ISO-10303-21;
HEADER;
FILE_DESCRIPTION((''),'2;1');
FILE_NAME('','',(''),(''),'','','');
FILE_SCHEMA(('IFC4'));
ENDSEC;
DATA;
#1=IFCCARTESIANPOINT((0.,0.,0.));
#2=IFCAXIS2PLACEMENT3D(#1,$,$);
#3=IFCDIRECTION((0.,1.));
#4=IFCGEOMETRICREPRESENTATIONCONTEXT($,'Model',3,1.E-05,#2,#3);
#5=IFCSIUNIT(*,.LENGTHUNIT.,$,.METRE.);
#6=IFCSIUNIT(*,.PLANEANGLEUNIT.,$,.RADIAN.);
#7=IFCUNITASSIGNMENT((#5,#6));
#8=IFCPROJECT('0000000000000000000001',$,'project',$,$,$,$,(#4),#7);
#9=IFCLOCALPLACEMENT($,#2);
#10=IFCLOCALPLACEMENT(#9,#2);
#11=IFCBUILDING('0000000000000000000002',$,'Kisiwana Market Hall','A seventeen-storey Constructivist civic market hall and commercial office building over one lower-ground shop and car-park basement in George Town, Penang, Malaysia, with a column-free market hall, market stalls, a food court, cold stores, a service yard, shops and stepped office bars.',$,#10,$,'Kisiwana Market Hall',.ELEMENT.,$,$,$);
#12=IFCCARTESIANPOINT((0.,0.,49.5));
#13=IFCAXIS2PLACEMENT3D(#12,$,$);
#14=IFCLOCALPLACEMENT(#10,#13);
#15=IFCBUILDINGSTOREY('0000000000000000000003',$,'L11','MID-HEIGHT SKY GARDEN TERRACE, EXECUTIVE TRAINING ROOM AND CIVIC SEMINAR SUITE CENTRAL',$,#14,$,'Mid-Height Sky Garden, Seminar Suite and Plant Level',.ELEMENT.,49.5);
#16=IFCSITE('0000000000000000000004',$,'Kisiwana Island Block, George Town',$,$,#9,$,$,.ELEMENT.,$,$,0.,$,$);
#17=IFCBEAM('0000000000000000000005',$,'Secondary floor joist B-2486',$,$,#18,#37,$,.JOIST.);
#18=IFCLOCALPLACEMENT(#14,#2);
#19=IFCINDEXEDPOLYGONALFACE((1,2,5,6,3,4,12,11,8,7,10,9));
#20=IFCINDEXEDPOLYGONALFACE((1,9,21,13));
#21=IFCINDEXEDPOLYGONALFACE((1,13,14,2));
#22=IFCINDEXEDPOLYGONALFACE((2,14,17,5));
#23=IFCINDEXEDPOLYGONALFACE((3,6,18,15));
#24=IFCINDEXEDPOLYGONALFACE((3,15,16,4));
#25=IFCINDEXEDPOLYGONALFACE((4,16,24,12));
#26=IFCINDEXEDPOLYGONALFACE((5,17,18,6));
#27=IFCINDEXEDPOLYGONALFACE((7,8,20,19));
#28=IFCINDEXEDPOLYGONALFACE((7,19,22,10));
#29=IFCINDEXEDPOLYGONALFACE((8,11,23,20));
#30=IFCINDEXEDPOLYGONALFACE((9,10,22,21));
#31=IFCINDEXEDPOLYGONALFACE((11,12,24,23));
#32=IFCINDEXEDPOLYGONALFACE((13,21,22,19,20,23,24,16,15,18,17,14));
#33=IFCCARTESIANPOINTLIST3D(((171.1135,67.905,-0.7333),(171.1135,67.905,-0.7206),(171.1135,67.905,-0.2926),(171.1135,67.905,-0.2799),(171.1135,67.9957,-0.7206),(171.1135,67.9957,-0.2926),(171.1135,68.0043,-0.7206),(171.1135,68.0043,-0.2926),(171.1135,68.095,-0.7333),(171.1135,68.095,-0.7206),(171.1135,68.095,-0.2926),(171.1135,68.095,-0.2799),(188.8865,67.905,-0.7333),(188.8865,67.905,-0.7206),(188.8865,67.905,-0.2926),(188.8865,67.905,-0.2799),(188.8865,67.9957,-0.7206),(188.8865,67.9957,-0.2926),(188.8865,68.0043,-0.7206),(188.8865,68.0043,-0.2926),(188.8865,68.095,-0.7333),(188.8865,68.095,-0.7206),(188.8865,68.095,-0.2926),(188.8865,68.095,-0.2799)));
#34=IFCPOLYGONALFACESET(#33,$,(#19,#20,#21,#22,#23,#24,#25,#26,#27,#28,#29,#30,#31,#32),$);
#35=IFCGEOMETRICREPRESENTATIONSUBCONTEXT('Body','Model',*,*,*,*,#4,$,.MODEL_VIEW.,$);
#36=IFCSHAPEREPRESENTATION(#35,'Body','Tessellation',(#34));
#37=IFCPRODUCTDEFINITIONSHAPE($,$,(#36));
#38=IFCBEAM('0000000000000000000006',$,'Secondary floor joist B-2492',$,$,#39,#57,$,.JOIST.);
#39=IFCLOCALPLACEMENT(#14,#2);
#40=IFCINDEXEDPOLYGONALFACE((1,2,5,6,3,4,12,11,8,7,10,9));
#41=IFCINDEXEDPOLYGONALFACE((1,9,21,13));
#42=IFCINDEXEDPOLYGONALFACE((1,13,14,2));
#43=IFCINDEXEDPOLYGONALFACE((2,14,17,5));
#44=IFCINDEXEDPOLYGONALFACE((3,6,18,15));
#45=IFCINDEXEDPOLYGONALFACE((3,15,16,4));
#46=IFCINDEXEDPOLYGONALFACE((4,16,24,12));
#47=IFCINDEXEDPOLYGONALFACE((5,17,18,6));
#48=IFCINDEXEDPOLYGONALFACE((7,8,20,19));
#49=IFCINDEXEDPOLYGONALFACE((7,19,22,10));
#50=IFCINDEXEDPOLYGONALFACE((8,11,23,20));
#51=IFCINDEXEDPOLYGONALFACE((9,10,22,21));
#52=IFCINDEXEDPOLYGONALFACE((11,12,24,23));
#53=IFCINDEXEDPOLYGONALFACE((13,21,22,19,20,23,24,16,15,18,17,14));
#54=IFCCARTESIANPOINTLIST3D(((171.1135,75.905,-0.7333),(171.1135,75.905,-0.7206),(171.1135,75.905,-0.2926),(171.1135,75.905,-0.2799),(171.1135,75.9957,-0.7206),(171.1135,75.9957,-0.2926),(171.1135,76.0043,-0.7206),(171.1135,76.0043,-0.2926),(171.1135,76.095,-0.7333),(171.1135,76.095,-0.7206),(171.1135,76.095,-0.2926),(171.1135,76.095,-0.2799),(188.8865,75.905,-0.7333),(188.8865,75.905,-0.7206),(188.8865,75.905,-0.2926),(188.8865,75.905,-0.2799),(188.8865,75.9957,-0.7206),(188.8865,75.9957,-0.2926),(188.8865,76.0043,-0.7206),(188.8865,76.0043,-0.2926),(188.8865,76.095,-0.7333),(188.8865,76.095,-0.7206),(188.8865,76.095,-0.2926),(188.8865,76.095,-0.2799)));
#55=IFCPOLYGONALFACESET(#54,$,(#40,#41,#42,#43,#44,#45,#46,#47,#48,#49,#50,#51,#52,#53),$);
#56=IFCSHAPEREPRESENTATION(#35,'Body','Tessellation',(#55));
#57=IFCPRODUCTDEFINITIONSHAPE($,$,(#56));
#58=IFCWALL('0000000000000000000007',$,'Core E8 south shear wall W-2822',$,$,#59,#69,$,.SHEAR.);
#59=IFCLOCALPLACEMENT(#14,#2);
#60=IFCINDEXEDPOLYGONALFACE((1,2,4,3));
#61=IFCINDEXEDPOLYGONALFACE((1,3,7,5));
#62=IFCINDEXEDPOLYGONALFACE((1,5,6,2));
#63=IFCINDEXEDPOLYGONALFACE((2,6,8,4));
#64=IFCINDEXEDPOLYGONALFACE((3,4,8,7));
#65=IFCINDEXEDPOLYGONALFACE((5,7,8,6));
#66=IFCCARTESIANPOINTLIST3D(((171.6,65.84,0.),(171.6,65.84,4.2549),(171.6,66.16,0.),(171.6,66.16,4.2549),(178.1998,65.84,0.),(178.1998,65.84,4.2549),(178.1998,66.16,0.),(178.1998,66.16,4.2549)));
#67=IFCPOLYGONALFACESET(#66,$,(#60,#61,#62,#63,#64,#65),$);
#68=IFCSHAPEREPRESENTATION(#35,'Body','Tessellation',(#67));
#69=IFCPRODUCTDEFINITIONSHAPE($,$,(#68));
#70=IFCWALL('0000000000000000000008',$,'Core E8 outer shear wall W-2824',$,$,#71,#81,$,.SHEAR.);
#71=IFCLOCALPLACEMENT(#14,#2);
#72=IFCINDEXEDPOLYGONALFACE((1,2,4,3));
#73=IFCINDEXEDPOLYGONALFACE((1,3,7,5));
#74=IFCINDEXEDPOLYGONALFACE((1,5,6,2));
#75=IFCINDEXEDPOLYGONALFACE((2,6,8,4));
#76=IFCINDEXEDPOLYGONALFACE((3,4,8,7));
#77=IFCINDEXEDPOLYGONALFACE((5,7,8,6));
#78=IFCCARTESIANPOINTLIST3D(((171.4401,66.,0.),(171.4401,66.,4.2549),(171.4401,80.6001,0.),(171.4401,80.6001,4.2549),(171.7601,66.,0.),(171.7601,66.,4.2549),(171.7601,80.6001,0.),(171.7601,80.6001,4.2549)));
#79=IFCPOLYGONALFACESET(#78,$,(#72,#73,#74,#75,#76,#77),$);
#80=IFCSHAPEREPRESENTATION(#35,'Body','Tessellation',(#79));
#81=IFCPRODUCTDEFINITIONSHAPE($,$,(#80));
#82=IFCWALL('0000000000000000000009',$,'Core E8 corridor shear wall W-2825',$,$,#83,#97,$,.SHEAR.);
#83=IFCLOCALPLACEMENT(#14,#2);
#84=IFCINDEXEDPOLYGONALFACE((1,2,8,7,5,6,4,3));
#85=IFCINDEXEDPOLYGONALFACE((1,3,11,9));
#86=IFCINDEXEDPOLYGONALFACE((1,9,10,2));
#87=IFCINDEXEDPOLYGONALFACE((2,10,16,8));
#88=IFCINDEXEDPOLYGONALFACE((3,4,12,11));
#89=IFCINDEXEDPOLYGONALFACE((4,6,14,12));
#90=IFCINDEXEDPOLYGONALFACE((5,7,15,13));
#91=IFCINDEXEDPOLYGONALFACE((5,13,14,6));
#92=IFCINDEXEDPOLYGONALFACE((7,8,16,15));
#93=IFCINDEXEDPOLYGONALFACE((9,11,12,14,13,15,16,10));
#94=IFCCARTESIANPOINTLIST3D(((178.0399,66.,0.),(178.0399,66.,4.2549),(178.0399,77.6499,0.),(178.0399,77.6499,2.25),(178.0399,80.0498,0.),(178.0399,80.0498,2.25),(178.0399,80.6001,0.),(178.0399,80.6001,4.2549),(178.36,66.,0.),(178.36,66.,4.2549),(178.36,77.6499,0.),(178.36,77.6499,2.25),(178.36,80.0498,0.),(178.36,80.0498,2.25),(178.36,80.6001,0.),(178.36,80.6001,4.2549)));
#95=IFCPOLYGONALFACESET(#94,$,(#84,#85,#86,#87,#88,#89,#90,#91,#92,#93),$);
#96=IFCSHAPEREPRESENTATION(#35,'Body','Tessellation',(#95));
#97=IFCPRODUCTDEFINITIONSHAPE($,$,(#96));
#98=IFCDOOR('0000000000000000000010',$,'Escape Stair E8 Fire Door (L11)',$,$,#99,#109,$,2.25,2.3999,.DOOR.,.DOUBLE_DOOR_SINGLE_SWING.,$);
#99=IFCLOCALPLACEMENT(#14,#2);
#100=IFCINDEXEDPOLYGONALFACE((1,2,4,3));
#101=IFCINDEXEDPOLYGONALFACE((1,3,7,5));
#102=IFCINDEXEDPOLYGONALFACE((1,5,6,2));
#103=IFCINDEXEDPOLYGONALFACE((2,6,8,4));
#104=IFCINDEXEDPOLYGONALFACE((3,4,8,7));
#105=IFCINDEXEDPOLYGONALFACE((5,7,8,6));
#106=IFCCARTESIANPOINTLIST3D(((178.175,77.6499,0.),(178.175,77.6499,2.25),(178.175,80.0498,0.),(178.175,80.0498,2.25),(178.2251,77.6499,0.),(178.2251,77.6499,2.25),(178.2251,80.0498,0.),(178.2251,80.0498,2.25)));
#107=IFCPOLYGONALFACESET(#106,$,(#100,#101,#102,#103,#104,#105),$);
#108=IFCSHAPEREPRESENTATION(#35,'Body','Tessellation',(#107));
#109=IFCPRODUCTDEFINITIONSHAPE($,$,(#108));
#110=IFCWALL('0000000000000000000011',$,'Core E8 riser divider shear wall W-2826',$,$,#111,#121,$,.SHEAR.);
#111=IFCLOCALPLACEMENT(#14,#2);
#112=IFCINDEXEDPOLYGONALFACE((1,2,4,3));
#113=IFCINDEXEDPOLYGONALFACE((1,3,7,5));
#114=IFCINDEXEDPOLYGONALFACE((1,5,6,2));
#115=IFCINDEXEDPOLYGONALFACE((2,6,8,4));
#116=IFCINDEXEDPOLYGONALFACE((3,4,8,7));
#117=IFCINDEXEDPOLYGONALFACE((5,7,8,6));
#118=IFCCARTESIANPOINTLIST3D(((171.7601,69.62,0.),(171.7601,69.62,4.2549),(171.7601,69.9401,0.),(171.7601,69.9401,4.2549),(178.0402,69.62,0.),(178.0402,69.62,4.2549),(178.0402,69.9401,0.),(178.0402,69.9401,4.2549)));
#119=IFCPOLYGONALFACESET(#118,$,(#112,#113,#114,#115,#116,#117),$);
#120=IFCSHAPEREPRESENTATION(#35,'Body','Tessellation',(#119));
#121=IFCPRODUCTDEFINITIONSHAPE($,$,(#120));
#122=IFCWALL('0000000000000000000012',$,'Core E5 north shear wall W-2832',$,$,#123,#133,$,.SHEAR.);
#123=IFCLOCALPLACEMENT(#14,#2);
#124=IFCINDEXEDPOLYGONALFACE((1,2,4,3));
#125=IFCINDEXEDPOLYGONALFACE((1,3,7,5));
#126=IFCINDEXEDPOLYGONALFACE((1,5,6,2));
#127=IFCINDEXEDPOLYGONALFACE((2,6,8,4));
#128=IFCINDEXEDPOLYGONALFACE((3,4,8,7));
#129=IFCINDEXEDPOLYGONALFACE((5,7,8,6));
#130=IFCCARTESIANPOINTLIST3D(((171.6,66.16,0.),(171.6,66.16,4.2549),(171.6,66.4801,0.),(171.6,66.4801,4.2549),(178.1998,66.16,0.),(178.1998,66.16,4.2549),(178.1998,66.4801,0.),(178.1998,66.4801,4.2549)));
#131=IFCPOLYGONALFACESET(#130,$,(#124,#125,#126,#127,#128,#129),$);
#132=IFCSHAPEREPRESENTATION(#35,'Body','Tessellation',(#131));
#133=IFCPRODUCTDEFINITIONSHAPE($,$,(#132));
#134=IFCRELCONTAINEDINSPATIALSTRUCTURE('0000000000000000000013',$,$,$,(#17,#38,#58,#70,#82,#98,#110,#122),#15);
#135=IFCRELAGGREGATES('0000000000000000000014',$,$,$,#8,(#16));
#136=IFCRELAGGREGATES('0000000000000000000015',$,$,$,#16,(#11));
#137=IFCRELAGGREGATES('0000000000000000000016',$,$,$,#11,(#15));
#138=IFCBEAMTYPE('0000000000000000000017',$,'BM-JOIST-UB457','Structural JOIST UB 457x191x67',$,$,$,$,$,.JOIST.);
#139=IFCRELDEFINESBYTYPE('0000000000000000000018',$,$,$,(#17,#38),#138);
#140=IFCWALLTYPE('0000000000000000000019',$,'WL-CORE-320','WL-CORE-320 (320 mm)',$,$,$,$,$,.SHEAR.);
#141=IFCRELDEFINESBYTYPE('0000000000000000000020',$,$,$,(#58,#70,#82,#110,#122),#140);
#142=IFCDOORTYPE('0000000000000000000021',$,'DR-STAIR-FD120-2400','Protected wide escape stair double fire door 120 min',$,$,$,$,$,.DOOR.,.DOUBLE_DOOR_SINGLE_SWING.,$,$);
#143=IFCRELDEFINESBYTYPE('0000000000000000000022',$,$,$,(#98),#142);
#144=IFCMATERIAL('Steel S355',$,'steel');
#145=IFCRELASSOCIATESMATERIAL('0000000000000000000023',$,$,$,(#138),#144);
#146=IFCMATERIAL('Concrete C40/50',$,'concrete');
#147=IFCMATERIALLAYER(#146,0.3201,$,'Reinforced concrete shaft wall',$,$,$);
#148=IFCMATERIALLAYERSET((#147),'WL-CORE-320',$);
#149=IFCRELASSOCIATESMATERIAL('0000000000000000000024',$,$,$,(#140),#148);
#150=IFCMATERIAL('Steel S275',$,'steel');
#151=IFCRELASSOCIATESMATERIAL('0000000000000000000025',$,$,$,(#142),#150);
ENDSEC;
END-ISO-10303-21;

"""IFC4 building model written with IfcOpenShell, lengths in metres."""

from ifc_helpers import new_model, si_unit, direction, frame, frame_2d, origin, origin_2d, place, context, subcontext, project, spatial, rectangle, i_section, extrude, material, layer, layer_set, material_profile, profile_set, type_object, element, fill, save


model = new_model("IFC4")

# Units and contexts
model_context = context("Model", 3, precision=1e-05, world=origin(), true_north=direction((0.0, 1.0)))
body_context = subcontext(model_context, "Body", "Model", "MODEL_VIEW")
ifc_project = project(units=[si_unit("LENGTHUNIT", "METRE"), si_unit("PLANEANGLEUNIT", "RADIAN")], contexts=[model_context])

# Site, building, storey
site_placement = place(None, origin())
site = spatial("IfcSite", under=ifc_project, at=site_placement, Name="Kisiwana Island Block, George Town", CompositionType="ELEMENT", RefElevation=0.0)
building_placement = place(site_placement, origin())
building = spatial("IfcBuilding", under=site, at=building_placement, Name="Kisiwana Market Hall", Description="A seventeen-storey Constructivist civic market hall and commercial office building over one lower-ground shop and car-park basement in George Town, Penang, Malaysia, with a column-free market hall, market stalls, a food court, cold stores, a service yard, shops and stepped office bars.", LongName="Kisiwana Market Hall", CompositionType="ELEMENT")
storey_placement = place(building_placement, frame((0.0, 0.0, 49.5)))
storey = spatial("IfcBuildingStorey", under=building, at=storey_placement, Name="L11", Description="MID-HEIGHT SKY GARDEN TERRACE, EXECUTIVE TRAINING ROOM AND CIVIC SEMINAR SUITE CENTRAL", LongName="Mid-Height Sky Garden, Seminar Suite and Plant Level", CompositionType="ELEMENT", Elevation=49.5)

# Beams
ifc_material_1 = material(Name="Steel S355", Category="steel")
ifc_material_profile = material_profile(ifc_material_1, i_section(OverallWidth=0.1899, OverallDepth=0.4534, WebThickness=0.0085, FlangeThickness=0.0127, at=origin_2d()), Name="UB 457x191x67")
ifc_profile_set = profile_set([ifc_material_profile], Name="Steel S355")
beam_type = type_object("IfcBeamType", Name="BM-JOIST-UB457", Description="Structural JOIST UB 457x191x67", PredefinedType="JOIST", material=ifc_profile_set)
for number, where, z_axis, x_axis, name in (
    (1, (171.1135, 68.0, -0.5066), (1.0, 0.0, 0.0), (0.0, 1.0, 0.0), "Secondary floor joist B-2486"),
    (2, (171.1135, 76.0, -0.5066), (1.0, 0.0, 0.0), (0.0, 1.0, 0.0), "Secondary floor joist B-2492"),
):
    element("IfcBeam", number, at=place(storey_placement, frame(where, z_axis=z_axis, x_axis=x_axis)), inside=storey, type_object=beam_type, Name=name, PredefinedType="JOIST", context=body_context, shape_type="SweptSolid", body=[
        extrude(i_section(OverallWidth=0.1899, OverallDepth=0.4534, WebThickness=0.0085, FlangeThickness=0.0127, at=origin_2d()), origin(), (0.0, 0.0, 1.0), 17.7729),
    ])

# Walls
ifc_material_2 = material(Name="Concrete C40/50", Category="concrete")
ifc_layer = layer(ifc_material_2, 0.3201, Name="Reinforced concrete shaft wall")
ifc_layer_set = layer_set([ifc_layer], Name="WL-CORE-320")
wall_type = type_object("IfcWallType", Name="WL-CORE-320", Description="WL-CORE-320 (320 mm)", PredefinedType="SHEAR", material=ifc_layer_set)
wall_1_placement = place(storey_placement, frame((171.6001, 66.0, 0.0), z_axis=(0.0, 0.0, 1.0), x_axis=(1.0, 0.0, 0.0)))
element("IfcWall", 3, at=wall_1_placement, inside=storey, type_object=wall_type, Name="Core E8 south shear wall W-2822", PredefinedType="SHEAR", context=body_context, shape_type="SweptSolid", body=[
    extrude(rectangle(XDim=6.5999, YDim=0.3201, at=frame_2d((3.2998, 0.0))), origin(), (0.0, 0.0, 1.0), 4.2549),
])
wall_2_placement = place(storey_placement, frame((171.6001, 66.0, 0.0), z_axis=(0.0, 0.0, 1.0), x_axis=(0.0, 1.0, 0.0)))
element("IfcWall", 4, at=wall_2_placement, inside=storey, type_object=wall_type, Name="Core E8 outer shear wall W-2824", PredefinedType="SHEAR", context=body_context, shape_type="SweptSolid", body=[
    extrude(rectangle(XDim=14.6001, YDim=0.3201, at=frame_2d((7.3, 0.0))), origin(), (0.0, 0.0, 1.0), 4.2549),
])

# Wall, opening, door
wall_3_placement = place(storey_placement, frame((178.2, 66.0, 0.0), z_axis=(0.0, 0.0, 1.0), x_axis=(0.0, 1.0, 0.0)))
wall_3 = element("IfcWall", 5, at=wall_3_placement, inside=storey, type_object=wall_type, Name="Core E8 corridor shear wall W-2825", PredefinedType="SHEAR", context=body_context, shape_type="SweptSolid", body=[
    extrude(rectangle(XDim=14.6001, YDim=0.3201, at=frame_2d((7.3, 0.0))), origin(), (0.0, 0.0, 1.0), 4.2549),
])
opening_placement = place(wall_3_placement, frame((11.6499, 0.0, 0.0)))
opening = element("IfcOpeningElement", 6, at=opening_placement, cuts=wall_3, PredefinedType="OPENING", context=body_context, shape_type="SweptSolid", body=[
    extrude(rectangle(XDim=2.3999, YDim=2.25, at=frame_2d((1.2, 1.125))), frame((0.0, 0.1719, 0.0), z_axis=(0.0, -1.0, 0.0), x_axis=(1.0, 0.0, 0.0)), (0.0, 0.0, 1.0), 0.344),
])
ifc_material_3 = material(Name="Steel S275", Category="steel")
door_type = type_object("IfcDoorType", Name="DR-STAIR-FD120-2400", Description="Protected wide escape stair double fire door 120 min", OperationType="DOUBLE_DOOR_SINGLE_SWING", PredefinedType="DOOR", material=ifc_material_3)
door_placement = place(opening_placement, origin())
door = element("IfcDoor", 7, at=door_placement, inside=storey, type_object=door_type, Name="Escape Stair E8 Fire Door (L11)", OperationType="DOUBLE_DOOR_SINGLE_SWING", OverallHeight=2.25, OverallWidth=2.3999, PredefinedType="DOOR", context=body_context, shape_type="SweptSolid", body=[
    extrude(rectangle(XDim=2.3999, YDim=2.25, at=frame_2d((1.2, 1.125))), frame((0.0, 0.0249, 0.0), z_axis=(0.0, -1.0, 0.0), x_axis=(1.0, 0.0, 0.0)), (0.0, 0.0, 1.0), 0.05),
])
fill(opening, door)

# Walls
wall_4_placement = place(storey_placement, frame((171.76, 69.78, 0.0), z_axis=(0.0, 0.0, 1.0), x_axis=(1.0, 0.0, 0.0)))
element("IfcWall", 8, at=wall_4_placement, inside=storey, type_object=wall_type, Name="Core E8 riser divider shear wall W-2826", PredefinedType="SHEAR", context=body_context, shape_type="SweptSolid", body=[
    extrude(rectangle(XDim=6.28, YDim=0.3201, at=frame_2d((3.1401, 0.0))), origin(), (0.0, 0.0, 1.0), 4.2549),
])
wall_5_placement = place(storey_placement, frame((171.6001, 66.3201, 0.0), z_axis=(0.0, 0.0, 1.0), x_axis=(1.0, 0.0, 0.0)))
element("IfcWall", 9, at=wall_5_placement, inside=storey, type_object=wall_type, Name="Core E5 north shear wall W-2832", PredefinedType="SHEAR", context=body_context, shape_type="SweptSolid", body=[
    extrude(rectangle(XDim=6.5999, YDim=0.3201, at=frame_2d((3.2998, 0.0))), origin(), (0.0, 0.0, 1.0), 4.2549),
])

save(model, "model.ifc")
